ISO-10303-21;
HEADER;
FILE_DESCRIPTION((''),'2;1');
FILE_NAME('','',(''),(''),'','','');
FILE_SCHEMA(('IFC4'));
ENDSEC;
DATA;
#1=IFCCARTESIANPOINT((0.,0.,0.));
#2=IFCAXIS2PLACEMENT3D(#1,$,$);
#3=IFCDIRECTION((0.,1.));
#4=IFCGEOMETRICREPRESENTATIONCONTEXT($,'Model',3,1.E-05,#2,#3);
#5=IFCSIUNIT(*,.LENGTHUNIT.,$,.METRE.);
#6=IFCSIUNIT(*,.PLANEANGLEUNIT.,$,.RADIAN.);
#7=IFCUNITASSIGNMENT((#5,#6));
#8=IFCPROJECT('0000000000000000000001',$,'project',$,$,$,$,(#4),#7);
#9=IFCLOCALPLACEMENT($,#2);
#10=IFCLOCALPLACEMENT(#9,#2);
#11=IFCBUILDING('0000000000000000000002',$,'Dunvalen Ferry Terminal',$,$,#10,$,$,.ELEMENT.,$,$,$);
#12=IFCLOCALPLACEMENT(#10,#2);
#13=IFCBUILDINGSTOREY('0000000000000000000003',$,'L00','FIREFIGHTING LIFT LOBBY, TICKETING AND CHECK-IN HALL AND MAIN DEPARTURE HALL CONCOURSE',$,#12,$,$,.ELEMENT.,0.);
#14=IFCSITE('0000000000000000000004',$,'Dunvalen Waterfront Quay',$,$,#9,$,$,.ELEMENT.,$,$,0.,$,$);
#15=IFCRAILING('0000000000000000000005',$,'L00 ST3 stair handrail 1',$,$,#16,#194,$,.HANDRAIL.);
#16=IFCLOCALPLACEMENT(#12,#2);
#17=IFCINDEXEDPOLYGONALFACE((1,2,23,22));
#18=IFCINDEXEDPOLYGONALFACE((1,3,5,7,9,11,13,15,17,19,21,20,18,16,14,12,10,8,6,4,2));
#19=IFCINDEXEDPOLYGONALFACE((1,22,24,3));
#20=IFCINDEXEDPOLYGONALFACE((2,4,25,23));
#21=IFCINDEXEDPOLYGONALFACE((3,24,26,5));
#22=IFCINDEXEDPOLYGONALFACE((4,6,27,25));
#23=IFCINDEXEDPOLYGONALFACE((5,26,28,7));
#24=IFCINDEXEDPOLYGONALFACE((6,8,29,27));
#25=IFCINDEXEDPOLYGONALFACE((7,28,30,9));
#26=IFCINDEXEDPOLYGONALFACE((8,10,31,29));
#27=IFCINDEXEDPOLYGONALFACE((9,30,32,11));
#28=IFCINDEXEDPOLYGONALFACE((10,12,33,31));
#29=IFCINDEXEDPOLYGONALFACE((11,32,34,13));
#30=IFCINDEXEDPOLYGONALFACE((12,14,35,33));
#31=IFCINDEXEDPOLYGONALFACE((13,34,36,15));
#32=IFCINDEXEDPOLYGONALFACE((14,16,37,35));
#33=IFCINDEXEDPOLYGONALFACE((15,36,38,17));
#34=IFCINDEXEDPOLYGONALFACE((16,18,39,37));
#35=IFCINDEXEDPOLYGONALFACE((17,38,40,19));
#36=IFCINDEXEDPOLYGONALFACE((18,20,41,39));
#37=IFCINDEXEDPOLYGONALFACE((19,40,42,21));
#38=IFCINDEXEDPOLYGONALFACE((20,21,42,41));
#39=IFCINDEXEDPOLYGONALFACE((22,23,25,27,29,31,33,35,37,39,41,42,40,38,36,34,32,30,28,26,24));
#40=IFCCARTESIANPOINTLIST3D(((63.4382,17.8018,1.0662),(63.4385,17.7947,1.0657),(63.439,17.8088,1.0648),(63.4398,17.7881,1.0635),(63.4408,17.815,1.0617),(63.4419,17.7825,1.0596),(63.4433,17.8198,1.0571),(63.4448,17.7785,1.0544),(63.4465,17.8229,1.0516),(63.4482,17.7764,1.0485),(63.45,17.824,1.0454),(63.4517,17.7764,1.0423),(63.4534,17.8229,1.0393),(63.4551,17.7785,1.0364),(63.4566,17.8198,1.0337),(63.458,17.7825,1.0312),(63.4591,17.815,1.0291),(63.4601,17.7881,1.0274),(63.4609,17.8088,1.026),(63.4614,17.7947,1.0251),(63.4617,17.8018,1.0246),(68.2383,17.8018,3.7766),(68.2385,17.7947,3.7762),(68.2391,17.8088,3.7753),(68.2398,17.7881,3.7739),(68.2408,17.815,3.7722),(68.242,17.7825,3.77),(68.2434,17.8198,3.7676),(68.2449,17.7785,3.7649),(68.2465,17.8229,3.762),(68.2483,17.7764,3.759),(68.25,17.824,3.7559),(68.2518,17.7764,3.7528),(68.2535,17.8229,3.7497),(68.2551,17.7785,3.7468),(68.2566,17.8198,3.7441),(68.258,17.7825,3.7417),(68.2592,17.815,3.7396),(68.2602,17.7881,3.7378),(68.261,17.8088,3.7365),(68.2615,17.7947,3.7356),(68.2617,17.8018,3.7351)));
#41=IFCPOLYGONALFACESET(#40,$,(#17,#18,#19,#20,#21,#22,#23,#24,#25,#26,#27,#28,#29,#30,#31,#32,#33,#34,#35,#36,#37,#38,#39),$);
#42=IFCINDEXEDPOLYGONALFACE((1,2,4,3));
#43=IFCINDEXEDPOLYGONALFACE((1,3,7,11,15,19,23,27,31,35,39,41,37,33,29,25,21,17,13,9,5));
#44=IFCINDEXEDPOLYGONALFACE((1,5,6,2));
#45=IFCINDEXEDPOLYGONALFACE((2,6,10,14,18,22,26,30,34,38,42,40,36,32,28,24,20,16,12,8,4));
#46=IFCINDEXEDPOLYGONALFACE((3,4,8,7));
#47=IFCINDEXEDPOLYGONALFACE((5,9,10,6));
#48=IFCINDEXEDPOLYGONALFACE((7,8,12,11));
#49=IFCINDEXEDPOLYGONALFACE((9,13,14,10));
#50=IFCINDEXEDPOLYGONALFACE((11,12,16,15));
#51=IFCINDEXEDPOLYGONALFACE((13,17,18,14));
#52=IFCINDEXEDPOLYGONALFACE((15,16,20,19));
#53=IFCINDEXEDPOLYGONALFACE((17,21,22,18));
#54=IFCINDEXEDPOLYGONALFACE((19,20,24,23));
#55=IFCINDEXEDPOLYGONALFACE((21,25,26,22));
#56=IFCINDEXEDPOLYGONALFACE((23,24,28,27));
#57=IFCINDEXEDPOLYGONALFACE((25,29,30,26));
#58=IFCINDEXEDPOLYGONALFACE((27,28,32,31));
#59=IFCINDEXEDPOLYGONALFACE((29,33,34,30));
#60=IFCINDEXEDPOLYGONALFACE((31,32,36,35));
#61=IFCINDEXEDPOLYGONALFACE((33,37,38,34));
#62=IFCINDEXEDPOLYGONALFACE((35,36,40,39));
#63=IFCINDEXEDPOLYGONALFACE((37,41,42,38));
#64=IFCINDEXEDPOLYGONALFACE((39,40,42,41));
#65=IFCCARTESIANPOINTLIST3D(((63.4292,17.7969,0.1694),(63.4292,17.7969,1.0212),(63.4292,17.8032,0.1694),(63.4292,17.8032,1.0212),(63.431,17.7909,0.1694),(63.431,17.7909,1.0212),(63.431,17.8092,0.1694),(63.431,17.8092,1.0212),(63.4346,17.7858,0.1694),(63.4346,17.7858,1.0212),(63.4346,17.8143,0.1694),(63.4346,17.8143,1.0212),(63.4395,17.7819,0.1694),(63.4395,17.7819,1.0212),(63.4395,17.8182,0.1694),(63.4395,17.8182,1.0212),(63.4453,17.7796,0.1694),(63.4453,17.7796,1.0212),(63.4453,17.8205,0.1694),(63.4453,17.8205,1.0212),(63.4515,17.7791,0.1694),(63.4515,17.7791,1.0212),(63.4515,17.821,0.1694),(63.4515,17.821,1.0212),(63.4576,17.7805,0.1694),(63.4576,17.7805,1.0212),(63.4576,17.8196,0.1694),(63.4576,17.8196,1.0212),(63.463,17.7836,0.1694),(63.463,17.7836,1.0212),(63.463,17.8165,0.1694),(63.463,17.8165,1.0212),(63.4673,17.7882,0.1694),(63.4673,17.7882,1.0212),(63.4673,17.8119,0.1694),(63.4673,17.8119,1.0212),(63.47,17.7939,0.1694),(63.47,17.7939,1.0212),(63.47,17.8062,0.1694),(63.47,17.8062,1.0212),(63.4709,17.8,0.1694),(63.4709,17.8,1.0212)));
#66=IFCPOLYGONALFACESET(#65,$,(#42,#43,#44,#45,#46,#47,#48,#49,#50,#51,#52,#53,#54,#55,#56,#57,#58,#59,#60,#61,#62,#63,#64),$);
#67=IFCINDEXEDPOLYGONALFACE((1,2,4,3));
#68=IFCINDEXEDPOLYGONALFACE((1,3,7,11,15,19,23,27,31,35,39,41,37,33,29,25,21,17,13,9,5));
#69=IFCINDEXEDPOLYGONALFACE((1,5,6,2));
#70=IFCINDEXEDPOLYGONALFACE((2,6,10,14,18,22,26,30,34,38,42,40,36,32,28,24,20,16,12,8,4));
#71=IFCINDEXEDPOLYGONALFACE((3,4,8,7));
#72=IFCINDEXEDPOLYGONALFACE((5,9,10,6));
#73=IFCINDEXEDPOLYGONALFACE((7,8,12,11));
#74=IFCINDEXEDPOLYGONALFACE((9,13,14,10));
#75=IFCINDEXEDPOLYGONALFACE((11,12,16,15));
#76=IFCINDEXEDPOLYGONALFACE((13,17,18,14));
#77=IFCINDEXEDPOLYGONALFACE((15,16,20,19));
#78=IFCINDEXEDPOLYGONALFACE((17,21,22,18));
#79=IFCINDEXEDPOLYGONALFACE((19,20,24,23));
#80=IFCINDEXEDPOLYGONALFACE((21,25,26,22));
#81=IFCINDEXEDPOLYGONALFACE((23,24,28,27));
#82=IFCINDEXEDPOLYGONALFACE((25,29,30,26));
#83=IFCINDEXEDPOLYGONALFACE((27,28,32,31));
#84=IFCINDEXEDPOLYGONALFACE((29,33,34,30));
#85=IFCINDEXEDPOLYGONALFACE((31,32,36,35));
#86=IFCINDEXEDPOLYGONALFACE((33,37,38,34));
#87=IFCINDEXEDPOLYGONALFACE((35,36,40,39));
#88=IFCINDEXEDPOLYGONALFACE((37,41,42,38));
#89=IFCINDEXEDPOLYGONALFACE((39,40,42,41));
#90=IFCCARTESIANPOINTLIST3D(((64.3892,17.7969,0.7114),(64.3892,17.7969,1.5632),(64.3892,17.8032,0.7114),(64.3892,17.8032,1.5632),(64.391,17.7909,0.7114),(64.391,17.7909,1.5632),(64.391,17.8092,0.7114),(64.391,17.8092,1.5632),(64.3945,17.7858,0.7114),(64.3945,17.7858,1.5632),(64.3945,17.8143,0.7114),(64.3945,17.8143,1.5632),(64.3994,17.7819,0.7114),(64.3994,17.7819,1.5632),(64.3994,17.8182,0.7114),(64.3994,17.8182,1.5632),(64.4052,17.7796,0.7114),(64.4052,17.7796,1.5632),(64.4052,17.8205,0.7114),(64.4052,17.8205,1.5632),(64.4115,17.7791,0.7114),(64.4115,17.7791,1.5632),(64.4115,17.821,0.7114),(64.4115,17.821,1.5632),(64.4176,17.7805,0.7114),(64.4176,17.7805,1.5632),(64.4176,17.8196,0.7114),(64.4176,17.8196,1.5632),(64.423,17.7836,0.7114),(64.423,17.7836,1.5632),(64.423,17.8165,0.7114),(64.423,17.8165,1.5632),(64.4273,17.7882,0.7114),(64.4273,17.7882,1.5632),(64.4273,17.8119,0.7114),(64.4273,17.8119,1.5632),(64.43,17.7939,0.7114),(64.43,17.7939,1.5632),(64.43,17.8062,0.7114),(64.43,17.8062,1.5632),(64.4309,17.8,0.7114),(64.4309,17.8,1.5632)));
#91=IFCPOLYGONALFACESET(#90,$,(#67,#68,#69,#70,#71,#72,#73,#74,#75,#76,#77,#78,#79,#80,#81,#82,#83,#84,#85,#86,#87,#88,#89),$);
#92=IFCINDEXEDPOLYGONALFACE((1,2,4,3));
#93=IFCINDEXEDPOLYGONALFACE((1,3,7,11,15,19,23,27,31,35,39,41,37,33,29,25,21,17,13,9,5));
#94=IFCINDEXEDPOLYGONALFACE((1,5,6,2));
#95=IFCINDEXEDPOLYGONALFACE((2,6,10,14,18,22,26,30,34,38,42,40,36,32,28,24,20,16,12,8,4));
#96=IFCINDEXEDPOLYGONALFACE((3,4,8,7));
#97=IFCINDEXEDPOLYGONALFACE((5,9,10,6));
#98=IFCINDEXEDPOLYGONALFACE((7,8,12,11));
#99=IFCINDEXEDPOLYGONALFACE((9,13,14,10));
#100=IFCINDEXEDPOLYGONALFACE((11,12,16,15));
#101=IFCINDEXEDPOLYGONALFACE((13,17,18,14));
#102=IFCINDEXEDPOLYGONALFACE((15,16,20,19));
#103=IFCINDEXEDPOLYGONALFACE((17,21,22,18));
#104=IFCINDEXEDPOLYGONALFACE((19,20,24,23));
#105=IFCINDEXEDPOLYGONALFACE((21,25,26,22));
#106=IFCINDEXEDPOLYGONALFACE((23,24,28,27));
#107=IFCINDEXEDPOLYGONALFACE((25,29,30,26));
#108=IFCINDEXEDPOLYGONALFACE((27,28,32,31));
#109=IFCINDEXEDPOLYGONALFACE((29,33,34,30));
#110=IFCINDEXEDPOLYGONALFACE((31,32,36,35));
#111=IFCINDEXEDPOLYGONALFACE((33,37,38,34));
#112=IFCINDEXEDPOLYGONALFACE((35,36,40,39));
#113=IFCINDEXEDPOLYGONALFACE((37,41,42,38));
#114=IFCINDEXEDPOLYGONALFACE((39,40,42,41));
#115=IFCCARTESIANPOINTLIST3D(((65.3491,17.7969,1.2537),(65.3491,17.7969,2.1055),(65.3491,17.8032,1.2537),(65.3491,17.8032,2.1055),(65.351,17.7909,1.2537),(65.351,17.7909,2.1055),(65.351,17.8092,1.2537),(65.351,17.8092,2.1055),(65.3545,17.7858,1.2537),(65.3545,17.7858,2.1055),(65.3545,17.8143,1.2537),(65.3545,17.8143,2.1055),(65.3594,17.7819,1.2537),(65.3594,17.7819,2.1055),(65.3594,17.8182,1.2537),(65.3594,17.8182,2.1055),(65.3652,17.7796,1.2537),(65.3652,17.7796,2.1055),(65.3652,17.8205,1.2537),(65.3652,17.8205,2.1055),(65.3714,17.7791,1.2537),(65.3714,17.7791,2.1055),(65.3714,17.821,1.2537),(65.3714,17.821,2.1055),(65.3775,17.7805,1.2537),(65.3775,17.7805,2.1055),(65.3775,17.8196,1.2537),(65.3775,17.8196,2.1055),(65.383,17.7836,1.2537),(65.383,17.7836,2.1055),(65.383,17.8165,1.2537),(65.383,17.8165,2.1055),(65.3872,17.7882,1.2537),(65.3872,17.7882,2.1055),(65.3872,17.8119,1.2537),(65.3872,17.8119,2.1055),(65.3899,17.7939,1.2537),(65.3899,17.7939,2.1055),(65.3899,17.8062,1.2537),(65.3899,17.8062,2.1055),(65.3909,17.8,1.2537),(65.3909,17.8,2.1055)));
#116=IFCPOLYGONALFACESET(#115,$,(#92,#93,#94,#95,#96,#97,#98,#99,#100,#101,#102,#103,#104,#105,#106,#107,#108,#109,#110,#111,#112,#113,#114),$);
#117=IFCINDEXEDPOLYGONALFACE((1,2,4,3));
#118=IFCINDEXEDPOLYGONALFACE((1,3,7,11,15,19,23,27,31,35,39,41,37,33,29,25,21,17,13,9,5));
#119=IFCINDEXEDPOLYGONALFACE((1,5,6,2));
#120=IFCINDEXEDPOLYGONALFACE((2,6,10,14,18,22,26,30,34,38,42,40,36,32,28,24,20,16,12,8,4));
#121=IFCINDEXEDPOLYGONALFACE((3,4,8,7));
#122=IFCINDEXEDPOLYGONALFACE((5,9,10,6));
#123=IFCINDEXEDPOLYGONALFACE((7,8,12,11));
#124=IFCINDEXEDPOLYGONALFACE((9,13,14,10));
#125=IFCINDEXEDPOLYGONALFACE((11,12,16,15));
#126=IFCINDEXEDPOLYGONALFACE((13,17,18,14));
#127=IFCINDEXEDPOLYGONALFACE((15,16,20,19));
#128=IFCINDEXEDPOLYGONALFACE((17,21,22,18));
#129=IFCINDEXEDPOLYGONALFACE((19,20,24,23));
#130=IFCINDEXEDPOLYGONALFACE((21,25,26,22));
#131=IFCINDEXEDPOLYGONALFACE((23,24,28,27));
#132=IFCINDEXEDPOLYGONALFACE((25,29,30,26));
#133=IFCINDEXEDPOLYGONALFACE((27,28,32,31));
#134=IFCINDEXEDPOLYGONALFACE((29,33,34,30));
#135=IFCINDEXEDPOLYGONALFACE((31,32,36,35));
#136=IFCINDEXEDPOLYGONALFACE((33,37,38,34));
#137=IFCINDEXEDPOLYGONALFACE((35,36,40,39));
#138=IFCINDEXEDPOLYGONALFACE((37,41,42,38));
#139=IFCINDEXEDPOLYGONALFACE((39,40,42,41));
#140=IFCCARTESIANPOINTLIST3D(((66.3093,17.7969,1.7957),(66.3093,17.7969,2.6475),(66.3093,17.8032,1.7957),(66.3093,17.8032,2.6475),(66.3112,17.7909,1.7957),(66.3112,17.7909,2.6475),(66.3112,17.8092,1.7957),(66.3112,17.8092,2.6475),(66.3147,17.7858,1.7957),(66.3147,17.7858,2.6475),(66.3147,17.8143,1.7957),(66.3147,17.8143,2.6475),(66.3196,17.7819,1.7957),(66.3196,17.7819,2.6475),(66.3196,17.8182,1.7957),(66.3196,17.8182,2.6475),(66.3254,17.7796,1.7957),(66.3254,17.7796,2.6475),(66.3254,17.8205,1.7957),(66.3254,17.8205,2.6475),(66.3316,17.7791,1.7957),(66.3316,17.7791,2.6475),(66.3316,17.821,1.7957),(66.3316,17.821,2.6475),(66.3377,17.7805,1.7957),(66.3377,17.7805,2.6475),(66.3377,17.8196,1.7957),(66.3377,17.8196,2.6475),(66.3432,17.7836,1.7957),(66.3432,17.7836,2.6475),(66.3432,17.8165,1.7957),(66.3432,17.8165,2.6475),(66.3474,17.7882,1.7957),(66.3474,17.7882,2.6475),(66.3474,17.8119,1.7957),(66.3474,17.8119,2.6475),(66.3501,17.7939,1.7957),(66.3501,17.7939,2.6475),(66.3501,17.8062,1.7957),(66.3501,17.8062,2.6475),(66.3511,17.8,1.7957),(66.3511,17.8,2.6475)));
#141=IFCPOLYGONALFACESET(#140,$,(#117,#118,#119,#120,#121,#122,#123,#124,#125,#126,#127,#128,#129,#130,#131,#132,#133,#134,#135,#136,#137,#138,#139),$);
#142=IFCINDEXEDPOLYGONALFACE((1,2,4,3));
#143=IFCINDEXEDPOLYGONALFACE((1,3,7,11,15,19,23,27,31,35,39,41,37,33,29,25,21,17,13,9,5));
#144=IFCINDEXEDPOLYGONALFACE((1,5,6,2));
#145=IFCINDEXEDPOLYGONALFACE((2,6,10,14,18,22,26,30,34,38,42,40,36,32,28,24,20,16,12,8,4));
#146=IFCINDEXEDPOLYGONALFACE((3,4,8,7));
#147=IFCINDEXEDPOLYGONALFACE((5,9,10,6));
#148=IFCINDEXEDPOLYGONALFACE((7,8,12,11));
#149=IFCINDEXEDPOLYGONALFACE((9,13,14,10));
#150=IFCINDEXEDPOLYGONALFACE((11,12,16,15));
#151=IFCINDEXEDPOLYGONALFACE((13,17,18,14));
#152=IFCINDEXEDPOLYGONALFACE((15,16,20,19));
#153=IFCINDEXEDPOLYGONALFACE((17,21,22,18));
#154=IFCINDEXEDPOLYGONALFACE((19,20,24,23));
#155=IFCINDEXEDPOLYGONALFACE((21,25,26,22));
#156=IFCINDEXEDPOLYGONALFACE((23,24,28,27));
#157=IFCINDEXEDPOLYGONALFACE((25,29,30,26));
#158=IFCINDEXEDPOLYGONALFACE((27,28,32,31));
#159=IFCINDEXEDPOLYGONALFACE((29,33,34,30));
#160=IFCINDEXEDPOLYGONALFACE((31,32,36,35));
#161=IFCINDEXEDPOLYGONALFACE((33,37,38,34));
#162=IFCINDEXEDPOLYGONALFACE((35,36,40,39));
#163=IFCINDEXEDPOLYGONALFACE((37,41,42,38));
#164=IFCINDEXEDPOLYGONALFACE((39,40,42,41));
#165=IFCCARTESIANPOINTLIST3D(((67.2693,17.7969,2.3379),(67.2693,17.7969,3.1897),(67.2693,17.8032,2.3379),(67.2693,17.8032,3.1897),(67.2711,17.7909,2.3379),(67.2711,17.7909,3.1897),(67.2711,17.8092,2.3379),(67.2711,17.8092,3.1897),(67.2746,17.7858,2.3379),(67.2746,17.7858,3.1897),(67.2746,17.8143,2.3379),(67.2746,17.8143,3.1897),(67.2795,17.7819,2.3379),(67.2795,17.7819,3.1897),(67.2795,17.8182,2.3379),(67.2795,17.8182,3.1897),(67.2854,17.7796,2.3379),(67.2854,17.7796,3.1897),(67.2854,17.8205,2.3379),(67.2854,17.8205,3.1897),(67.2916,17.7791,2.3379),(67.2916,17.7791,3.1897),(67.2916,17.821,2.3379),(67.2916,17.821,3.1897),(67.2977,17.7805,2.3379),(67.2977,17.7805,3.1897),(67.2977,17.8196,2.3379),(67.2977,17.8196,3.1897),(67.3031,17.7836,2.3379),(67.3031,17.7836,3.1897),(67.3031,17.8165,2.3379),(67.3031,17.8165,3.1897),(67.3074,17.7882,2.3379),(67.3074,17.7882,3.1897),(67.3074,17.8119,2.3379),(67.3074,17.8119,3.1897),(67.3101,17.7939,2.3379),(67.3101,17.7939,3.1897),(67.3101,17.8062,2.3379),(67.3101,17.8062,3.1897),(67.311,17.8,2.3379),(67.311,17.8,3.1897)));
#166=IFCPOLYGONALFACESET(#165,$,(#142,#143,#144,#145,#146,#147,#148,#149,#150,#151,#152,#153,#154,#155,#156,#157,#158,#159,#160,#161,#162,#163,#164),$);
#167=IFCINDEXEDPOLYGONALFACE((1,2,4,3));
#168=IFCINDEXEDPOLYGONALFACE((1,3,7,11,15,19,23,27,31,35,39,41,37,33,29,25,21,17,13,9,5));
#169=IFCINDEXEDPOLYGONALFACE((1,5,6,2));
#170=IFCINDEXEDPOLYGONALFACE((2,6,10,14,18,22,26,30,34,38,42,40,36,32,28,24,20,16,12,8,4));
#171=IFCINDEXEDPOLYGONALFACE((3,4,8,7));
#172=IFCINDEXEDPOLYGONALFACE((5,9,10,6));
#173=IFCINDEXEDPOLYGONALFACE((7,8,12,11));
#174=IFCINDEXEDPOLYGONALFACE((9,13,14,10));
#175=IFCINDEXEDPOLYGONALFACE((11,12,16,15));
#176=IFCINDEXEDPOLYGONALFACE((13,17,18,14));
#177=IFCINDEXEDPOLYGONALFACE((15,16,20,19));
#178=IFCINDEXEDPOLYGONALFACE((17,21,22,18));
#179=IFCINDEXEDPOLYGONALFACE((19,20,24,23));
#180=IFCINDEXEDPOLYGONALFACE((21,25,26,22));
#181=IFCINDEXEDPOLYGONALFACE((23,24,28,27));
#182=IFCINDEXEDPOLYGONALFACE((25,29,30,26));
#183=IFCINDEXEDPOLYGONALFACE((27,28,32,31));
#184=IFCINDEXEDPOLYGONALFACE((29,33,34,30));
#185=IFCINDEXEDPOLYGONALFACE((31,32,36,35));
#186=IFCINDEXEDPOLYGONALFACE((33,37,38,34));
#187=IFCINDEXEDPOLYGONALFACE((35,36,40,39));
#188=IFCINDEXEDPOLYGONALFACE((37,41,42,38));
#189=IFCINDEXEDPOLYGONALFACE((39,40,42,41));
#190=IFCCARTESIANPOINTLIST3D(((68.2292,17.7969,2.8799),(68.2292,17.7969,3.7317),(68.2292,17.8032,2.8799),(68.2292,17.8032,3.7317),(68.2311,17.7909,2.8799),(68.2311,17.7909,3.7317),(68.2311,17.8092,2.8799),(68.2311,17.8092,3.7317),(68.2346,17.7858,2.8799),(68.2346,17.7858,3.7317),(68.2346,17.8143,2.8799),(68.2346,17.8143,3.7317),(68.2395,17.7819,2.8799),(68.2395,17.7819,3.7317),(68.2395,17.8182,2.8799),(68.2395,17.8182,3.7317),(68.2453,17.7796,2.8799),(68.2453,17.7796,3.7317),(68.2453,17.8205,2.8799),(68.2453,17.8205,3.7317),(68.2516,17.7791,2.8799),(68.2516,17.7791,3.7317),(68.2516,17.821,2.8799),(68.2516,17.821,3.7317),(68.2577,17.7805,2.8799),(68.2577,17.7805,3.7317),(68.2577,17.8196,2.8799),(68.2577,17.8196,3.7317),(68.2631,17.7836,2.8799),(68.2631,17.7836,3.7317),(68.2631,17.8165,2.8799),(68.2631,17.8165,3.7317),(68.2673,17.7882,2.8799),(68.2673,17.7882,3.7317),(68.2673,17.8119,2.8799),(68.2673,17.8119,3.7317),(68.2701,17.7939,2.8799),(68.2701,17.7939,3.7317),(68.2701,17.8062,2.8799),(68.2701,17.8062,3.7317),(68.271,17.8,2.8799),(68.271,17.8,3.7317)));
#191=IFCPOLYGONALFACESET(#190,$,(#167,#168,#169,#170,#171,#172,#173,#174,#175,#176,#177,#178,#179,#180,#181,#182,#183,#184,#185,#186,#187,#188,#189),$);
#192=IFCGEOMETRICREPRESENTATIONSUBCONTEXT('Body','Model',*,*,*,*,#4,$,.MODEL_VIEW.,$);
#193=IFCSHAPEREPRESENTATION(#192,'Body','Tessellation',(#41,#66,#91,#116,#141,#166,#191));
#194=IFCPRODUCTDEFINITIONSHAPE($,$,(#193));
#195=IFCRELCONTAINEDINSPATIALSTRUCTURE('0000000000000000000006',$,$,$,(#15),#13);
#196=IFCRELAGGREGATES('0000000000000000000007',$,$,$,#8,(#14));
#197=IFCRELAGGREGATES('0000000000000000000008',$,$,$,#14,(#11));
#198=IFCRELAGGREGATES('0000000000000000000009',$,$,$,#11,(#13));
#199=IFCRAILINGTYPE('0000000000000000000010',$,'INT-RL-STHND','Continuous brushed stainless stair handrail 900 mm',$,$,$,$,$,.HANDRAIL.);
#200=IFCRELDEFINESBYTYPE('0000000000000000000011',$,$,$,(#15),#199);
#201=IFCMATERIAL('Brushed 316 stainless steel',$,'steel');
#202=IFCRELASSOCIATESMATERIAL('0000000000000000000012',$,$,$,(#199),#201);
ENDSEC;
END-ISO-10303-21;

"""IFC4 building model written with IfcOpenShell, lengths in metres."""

from ifc_helpers import new_model, si_unit, direction, frame, origin, origin_2d, place, context, subcontext, project, spatial, circle, extrude, material, type_object, element, save


model = new_model("IFC4")

# Units and contexts
model_context = context("Model", 3, precision=1e-05, world=origin(), true_north=direction((0.0, 1.0)))
body_context = subcontext(model_context, "Body", "Model", "MODEL_VIEW")
ifc_project = project(units=[si_unit("LENGTHUNIT", "METRE"), si_unit("PLANEANGLEUNIT", "RADIAN")], contexts=[model_context])

# Site, building, storey
site_placement = place(None, origin())
site = spatial("IfcSite", under=ifc_project, at=site_placement, Name="Dunvalen Waterfront Quay", CompositionType="ELEMENT", RefElevation=0.0)
building_placement = place(site_placement, origin())
building = spatial("IfcBuilding", under=site, at=building_placement, Name="Dunvalen Ferry Terminal", CompositionType="ELEMENT")
storey_placement = place(building_placement, origin())
storey = spatial("IfcBuildingStorey", under=building, at=storey_placement, Name="L00", Description="FIREFIGHTING LIFT LOBBY, TICKETING AND CHECK-IN HALL AND MAIN DEPARTURE HALL CONCOURSE", CompositionType="ELEMENT", Elevation=0.0)

# Railing
ifc_material_1 = material(Name="Brushed 316 stainless steel", Category="steel")
railing_type_1 = type_object("IfcRailingType", Name="INT-RL-STHND", Description="Continuous brushed stainless stair handrail 900 mm", PredefinedType="HANDRAIL", material=ifc_material_1)
railing_1_placement = place(storey_placement, frame((63.45, 17.8, 0.1694)))
element("IfcRailing", 1, at=railing_1_placement, inside=storey, type_object=railing_type_1, Name="L00 ST3 stair handrail 1", PredefinedType="HANDRAIL", context=body_context, shape_type="SweptSolid", body=[
    extrude(circle(Radius=0.0239, at=origin_2d()), frame((0.0, 0.0, 0.876), z_axis=(0.870767, 0.0, 0.491697), x_axis=(0.0, 1.0, 0.0)), (0.0, 0.0, 1.0), 5.5125),
    extrude(circle(Radius=0.021, at=origin_2d()), origin(), (0.0, 0.0, 1.0), 0.8518),
    extrude(circle(Radius=0.021, at=origin_2d()), frame((0.96, 0.0, 0.542)), (0.0, 0.0, 1.0), 0.8518),
    extrude(circle(Radius=0.021, at=origin_2d()), frame((1.9199, 0.0, 1.0842)), (0.0, 0.0, 1.0), 0.8518),
    extrude(circle(Radius=0.021, at=origin_2d()), frame((2.8801, 0.0, 1.6262)), (0.0, 0.0, 1.0), 0.8518),
    extrude(circle(Radius=0.021, at=origin_2d()), frame((3.8401, 0.0, 2.1685)), (0.0, 0.0, 1.0), 0.8518),
    extrude(circle(Radius=0.021, at=origin_2d()), frame((4.8, 0.0, 2.7104)), (0.0, 0.0, 1.0), 0.8518),
])

save(model, "model.ifc")
